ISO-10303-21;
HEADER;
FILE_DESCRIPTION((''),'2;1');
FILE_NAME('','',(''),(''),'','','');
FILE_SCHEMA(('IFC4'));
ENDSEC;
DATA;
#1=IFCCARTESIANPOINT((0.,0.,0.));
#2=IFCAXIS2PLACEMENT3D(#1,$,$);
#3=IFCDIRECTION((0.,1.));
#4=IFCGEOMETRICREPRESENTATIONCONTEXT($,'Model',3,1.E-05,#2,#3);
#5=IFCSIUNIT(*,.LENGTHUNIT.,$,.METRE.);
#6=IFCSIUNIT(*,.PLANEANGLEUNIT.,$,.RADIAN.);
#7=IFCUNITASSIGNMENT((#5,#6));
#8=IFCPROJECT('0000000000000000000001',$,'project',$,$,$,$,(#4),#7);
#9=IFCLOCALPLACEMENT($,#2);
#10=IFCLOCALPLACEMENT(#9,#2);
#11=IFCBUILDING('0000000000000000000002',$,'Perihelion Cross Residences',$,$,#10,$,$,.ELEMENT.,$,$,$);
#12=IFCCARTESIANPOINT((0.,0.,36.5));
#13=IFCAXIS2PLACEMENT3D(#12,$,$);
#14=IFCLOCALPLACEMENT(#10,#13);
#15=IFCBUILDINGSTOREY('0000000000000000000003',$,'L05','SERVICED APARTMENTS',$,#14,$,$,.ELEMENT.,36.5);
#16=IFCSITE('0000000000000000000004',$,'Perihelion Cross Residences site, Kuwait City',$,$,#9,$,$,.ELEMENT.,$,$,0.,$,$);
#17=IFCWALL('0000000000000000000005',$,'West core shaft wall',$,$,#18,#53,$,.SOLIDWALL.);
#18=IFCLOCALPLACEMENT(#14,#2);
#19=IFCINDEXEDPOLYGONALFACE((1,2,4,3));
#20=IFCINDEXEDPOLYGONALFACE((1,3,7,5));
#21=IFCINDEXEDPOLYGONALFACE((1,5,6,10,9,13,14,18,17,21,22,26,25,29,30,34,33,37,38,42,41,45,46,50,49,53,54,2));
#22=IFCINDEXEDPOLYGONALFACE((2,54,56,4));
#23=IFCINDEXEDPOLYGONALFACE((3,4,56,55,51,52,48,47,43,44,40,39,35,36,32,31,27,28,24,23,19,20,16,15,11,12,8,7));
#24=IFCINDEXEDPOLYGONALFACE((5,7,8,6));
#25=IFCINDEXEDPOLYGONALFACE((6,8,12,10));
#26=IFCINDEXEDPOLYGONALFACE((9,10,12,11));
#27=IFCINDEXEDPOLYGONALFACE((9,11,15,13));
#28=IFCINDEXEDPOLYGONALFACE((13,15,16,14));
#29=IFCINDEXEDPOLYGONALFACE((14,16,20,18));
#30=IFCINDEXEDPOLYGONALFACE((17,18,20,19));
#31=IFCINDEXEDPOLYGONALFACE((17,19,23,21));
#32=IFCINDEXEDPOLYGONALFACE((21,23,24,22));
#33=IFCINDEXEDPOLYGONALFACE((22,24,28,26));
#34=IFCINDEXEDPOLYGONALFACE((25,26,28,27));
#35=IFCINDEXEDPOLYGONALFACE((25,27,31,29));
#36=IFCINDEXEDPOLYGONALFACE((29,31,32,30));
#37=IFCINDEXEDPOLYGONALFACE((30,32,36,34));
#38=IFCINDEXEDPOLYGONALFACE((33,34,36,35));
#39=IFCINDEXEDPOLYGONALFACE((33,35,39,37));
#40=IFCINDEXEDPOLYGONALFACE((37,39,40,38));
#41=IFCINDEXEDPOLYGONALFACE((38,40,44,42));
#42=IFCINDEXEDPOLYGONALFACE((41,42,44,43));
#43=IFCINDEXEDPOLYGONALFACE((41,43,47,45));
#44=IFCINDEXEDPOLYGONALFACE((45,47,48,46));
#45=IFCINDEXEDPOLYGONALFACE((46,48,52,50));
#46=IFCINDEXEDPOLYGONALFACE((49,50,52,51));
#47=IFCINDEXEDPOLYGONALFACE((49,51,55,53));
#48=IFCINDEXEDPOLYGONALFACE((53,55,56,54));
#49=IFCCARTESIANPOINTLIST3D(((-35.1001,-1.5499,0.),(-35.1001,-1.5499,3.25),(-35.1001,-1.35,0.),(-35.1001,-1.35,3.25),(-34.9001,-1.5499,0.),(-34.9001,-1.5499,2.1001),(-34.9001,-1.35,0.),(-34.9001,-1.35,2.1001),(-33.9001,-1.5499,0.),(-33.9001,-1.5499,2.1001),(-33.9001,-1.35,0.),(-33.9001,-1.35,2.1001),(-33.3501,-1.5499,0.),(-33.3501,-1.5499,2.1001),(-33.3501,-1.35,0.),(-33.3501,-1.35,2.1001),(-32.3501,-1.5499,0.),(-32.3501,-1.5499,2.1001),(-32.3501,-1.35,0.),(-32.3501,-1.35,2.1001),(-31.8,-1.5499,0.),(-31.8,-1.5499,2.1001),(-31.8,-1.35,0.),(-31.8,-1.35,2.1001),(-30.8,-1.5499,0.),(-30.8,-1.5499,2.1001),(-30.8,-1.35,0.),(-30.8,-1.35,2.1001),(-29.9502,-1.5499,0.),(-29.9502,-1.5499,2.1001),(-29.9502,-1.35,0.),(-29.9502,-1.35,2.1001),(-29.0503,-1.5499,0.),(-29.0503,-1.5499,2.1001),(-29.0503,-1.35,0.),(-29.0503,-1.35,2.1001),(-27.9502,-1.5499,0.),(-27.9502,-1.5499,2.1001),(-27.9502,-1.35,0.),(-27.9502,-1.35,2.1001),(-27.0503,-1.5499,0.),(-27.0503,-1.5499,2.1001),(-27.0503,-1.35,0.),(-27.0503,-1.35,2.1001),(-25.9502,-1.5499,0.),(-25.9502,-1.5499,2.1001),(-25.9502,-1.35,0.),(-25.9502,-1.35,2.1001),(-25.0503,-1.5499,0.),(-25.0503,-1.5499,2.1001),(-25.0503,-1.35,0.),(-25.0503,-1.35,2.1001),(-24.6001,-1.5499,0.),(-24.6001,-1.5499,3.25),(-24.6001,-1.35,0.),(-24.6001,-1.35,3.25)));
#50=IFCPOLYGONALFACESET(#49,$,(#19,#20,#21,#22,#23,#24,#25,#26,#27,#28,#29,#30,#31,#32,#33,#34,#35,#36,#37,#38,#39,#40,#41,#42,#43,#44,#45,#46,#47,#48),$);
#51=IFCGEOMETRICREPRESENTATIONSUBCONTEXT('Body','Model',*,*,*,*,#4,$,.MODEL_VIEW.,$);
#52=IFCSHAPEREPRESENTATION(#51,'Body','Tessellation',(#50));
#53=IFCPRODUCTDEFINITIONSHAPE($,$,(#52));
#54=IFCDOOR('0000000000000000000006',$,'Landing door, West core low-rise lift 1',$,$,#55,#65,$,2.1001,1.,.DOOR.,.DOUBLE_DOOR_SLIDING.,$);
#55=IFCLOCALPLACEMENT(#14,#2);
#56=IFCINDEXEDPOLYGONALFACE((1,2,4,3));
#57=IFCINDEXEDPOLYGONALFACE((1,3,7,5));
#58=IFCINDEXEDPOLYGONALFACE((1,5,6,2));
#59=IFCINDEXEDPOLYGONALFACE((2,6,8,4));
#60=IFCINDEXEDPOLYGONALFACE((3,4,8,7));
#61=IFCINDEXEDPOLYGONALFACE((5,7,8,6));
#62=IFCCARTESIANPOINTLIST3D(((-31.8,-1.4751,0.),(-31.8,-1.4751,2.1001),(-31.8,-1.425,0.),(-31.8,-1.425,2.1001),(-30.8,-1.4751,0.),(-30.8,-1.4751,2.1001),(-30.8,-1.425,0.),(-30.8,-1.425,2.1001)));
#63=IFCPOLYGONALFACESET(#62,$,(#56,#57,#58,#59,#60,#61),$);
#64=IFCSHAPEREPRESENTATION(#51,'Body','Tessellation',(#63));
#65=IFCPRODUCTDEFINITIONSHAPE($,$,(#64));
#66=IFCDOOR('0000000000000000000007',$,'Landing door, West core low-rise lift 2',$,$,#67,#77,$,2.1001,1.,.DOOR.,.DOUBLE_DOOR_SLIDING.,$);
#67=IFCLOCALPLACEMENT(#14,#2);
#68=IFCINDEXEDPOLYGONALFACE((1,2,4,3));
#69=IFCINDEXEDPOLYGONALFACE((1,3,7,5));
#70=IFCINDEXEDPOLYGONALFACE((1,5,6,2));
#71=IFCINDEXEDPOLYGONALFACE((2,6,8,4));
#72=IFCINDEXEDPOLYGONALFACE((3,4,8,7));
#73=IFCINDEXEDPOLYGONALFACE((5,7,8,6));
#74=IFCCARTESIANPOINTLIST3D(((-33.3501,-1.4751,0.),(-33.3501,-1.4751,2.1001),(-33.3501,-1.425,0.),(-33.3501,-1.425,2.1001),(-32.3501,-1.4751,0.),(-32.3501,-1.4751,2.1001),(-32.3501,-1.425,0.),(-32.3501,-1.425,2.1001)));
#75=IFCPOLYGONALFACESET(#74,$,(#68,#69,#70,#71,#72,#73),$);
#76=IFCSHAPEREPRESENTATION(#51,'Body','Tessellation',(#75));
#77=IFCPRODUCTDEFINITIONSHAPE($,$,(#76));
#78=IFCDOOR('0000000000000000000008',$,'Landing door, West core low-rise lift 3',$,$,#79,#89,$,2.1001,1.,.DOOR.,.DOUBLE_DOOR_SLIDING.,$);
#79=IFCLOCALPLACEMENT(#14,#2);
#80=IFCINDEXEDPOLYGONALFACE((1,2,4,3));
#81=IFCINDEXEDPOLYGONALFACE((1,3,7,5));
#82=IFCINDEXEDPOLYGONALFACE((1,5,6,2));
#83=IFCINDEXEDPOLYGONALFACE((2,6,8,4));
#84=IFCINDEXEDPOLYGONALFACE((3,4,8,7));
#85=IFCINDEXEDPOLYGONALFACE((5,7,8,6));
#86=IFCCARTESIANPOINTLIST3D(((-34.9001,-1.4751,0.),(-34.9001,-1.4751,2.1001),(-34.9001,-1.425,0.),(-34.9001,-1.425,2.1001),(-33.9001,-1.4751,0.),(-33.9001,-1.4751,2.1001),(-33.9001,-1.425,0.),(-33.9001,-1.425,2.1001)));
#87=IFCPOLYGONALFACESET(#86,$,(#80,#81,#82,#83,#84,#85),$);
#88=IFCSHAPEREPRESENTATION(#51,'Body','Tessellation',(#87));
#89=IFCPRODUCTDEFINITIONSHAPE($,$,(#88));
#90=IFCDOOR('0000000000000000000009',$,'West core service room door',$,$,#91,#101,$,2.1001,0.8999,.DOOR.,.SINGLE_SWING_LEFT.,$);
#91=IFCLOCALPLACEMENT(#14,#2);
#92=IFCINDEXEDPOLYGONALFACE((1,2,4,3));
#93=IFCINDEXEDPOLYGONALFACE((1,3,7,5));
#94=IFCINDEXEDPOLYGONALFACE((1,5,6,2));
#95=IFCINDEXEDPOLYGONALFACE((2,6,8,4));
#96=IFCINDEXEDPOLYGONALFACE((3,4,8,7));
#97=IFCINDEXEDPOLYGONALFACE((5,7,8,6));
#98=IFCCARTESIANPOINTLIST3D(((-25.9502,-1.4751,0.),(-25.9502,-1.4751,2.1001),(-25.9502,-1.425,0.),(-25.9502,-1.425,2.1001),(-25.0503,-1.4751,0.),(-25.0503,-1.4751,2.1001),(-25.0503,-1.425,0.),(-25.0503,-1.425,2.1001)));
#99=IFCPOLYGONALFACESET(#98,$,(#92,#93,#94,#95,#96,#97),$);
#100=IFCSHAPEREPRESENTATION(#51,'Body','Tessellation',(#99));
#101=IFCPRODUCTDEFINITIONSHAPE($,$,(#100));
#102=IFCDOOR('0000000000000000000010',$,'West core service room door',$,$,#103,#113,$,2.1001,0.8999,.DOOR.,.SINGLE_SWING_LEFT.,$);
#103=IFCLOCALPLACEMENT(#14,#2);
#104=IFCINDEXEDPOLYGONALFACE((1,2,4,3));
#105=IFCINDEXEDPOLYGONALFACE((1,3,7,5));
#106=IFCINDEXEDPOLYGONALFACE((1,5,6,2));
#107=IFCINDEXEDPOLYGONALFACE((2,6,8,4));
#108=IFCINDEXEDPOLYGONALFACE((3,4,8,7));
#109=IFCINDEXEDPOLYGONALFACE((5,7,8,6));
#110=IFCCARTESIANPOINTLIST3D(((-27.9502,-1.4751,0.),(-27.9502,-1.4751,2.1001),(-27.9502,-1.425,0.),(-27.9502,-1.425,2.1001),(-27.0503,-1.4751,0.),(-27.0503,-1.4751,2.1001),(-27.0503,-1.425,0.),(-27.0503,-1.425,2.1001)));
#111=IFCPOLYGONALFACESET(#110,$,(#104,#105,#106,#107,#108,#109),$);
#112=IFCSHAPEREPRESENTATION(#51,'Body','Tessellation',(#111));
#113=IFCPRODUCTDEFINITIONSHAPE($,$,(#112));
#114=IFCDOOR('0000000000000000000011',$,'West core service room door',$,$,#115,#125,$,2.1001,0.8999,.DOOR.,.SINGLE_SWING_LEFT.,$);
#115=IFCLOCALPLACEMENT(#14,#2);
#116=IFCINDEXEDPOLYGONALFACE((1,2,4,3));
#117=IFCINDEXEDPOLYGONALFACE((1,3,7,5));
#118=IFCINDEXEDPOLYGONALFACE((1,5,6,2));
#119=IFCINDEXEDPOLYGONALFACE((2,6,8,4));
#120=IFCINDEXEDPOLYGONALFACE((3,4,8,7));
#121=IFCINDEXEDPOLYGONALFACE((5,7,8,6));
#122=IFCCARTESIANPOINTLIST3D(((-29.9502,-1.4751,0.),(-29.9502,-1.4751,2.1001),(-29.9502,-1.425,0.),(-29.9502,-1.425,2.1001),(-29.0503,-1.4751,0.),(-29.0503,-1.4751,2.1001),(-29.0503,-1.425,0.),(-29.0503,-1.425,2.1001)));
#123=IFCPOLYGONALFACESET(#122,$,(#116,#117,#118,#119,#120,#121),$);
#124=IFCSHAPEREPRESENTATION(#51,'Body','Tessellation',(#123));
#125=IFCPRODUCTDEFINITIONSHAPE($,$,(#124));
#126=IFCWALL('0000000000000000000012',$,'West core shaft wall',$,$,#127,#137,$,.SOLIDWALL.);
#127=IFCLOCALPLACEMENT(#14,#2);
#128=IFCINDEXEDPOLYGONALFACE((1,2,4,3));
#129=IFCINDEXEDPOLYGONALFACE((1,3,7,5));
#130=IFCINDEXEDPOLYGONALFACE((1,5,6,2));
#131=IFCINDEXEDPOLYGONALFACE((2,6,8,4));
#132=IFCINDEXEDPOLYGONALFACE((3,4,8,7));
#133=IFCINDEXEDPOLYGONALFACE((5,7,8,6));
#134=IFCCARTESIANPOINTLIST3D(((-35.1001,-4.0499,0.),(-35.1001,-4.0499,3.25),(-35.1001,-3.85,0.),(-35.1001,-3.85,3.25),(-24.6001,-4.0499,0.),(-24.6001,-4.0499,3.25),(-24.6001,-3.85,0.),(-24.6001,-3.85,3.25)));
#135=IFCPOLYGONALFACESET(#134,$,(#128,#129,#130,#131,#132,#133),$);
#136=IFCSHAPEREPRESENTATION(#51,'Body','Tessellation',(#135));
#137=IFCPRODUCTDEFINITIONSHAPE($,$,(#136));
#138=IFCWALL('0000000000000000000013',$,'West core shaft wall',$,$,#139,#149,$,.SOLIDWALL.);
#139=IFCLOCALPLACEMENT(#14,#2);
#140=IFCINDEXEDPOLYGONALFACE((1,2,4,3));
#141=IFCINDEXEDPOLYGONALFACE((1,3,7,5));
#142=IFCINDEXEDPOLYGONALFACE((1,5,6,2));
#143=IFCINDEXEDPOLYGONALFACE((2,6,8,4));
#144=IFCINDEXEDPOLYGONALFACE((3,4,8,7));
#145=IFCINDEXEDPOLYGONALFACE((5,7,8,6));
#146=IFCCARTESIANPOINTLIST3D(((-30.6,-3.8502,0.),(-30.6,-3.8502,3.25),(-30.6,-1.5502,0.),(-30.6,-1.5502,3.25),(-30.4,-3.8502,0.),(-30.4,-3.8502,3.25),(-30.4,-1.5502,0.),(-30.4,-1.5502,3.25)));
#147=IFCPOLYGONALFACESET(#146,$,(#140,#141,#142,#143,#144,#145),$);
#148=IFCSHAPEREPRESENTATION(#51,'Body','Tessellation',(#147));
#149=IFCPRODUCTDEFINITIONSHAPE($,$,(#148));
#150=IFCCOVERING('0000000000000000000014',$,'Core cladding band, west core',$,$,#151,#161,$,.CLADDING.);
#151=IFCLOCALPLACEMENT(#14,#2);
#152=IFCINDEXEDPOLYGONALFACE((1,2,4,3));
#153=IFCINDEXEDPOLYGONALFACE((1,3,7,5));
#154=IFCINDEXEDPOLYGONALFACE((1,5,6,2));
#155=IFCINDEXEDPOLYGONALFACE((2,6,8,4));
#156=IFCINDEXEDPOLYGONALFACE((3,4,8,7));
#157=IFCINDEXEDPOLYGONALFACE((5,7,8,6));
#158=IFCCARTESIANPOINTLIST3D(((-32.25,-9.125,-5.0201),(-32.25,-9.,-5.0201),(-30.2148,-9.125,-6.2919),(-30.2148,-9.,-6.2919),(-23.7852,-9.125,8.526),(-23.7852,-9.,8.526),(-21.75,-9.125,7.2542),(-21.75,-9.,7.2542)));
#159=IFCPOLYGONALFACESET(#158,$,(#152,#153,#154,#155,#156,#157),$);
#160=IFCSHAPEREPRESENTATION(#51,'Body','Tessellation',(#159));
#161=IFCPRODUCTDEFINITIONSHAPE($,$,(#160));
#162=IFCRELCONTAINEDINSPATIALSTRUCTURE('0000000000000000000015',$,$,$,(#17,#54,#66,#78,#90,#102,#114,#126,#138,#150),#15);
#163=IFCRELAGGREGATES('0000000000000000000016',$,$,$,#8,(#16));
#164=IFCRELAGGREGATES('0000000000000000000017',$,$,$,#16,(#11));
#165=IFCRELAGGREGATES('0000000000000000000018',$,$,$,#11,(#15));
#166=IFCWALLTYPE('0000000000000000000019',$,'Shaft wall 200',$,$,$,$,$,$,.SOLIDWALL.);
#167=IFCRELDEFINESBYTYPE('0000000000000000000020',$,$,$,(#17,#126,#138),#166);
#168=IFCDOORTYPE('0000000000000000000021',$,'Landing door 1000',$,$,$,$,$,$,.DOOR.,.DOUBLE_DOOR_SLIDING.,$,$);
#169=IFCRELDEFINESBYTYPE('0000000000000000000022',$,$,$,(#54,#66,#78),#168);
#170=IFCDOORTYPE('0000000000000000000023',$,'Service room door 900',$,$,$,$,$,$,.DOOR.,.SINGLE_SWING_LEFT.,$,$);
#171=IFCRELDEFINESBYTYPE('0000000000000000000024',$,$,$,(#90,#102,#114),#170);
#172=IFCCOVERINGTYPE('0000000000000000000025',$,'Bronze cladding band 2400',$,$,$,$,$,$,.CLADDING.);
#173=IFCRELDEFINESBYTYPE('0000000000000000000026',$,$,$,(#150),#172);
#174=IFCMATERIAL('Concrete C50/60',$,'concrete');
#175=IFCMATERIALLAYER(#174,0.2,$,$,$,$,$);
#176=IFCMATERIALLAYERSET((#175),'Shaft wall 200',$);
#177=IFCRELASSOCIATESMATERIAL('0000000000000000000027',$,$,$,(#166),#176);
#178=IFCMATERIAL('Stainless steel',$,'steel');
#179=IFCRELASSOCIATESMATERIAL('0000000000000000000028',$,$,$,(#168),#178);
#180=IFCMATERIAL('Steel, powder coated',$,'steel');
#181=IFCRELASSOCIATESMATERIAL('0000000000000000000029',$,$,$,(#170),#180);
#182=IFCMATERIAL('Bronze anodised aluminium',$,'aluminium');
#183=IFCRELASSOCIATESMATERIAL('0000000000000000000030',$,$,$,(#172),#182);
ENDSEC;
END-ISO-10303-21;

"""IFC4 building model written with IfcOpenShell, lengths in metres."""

from ifc_helpers import new_model, si_unit, direction, frame, frame_2d, origin, origin_2d, place, context, subcontext, project, spatial, rectangle, extrude, material, layer, layer_set, material_profile, profile_set, type_object, element, fill, save


model = new_model("IFC4")

# Units and contexts
model_context = context("Model", 3, precision=1e-05, world=origin(), true_north=direction((0.0, 1.0)))
body_context = subcontext(model_context, "Body", "Model", "MODEL_VIEW")
ifc_project = project(units=[si_unit("LENGTHUNIT", "METRE"), si_unit("PLANEANGLEUNIT", "RADIAN")], contexts=[model_context])

# Site, building, storey
site_placement = place(None, origin())
site = spatial("IfcSite", under=ifc_project, at=site_placement, Name="Perihelion Cross Residences site, Kuwait City", CompositionType="ELEMENT", RefElevation=0.0)
building_placement = place(site_placement, origin())
building = spatial("IfcBuilding", under=site, at=building_placement, Name="Perihelion Cross Residences", CompositionType="ELEMENT")
storey_placement = place(building_placement, frame((0.0, 0.0, 36.5)))
storey = spatial("IfcBuildingStorey", under=building, at=storey_placement, Name="L05", Description="SERVICED APARTMENTS", CompositionType="ELEMENT", Elevation=36.5)

# Wall, openings, doors
ifc_material_1 = material(Name="Concrete C50/60", Category="concrete")
ifc_layer_1 = layer(ifc_material_1, 0.2)
ifc_layer_set_1 = layer_set([ifc_layer_1], Name="Shaft wall 200")
wall_type_1 = type_object("IfcWallType", Name="Shaft wall 200", PredefinedType="SOLIDWALL", material=ifc_layer_set_1)
wall_1_placement = place(storey_placement, frame((-35.1001, -1.45, 0.0), z_axis=(0.0, 0.0, 1.0), x_axis=(1.0, 0.0, 0.0)))
wall_1 = element("IfcWall", 1, at=wall_1_placement, inside=storey, type_object=wall_type_1, Name="West core shaft wall", PredefinedType="SOLIDWALL", context=body_context, shape_type="SweptSolid", body=[
    extrude(rectangle(XDim=10.5, YDim=0.2, at=frame_2d((5.25, 0.0))), origin(), (0.0, 0.0, 1.0), 3.25),
])
opening_1_placement = place(wall_1_placement, frame((3.3, 0.0, 0.0)))
opening_1 = element("IfcOpeningElement", 2, at=opening_1_placement, cuts=wall_1, PredefinedType="OPENING", context=body_context, shape_type="SweptSolid", body=[
    extrude(rectangle(XDim=1.0, YDim=2.1001, at=frame_2d((0.5, 1.05))), frame((0.0, 0.1099, 0.0), z_axis=(0.0, -1.0, 0.0), x_axis=(1.0, 0.0, 0.0)), (0.0, 0.0, 1.0), 0.22),
])
opening_2_placement = place(wall_1_placement, frame((1.75, 0.0, 0.0)))
opening_2 = element("IfcOpeningElement", 3, at=opening_2_placement, cuts=wall_1, PredefinedType="OPENING", context=body_context, shape_type="SweptSolid", body=[
    extrude(rectangle(XDim=1.0, YDim=2.1001, at=frame_2d((0.5, 1.05))), frame((0.0, 0.1099, 0.0), z_axis=(0.0, -1.0, 0.0), x_axis=(1.0, 0.0, 0.0)), (0.0, 0.0, 1.0), 0.22),
])
opening_3_placement = place(wall_1_placement, frame((0.2, 0.0, 0.0)))
opening_3 = element("IfcOpeningElement", 4, at=opening_3_placement, cuts=wall_1, PredefinedType="OPENING", context=body_context, shape_type="SweptSolid", body=[
    extrude(rectangle(XDim=1.0, YDim=2.1001, at=frame_2d((0.5, 1.05))), frame((0.0, 0.1099, 0.0), z_axis=(0.0, -1.0, 0.0), x_axis=(1.0, 0.0, 0.0)), (0.0, 0.0, 1.0), 0.22),
])
opening_4_placement = place(wall_1_placement, frame((9.1499, 0.0, 0.0)))
opening_4 = element("IfcOpeningElement", 5, at=opening_4_placement, cuts=wall_1, PredefinedType="OPENING", context=body_context, shape_type="SweptSolid", body=[
    extrude(rectangle(XDim=0.8999, YDim=2.1001, at=frame_2d((0.45, 1.05))), frame((0.0, 0.1099, 0.0), z_axis=(0.0, -1.0, 0.0), x_axis=(1.0, 0.0, 0.0)), (0.0, 0.0, 1.0), 0.22),
])
opening_5_placement = place(wall_1_placement, frame((7.1499, 0.0, 0.0)))
opening_5 = element("IfcOpeningElement", 6, at=opening_5_placement, cuts=wall_1, PredefinedType="OPENING", context=body_context, shape_type="SweptSolid", body=[
    extrude(rectangle(XDim=0.8999, YDim=2.1001, at=frame_2d((0.45, 1.05))), frame((0.0, 0.1099, 0.0), z_axis=(0.0, -1.0, 0.0), x_axis=(1.0, 0.0, 0.0)), (0.0, 0.0, 1.0), 0.22),
])
opening_6_placement = place(wall_1_placement, frame((5.1499, 0.0, 0.0)))
opening_6 = element("IfcOpeningElement", 7, at=opening_6_placement, cuts=wall_1, PredefinedType="OPENING", context=body_context, shape_type="SweptSolid", body=[
    extrude(rectangle(XDim=0.8999, YDim=2.1001, at=frame_2d((0.45, 1.05))), frame((0.0, 0.1099, 0.0), z_axis=(0.0, -1.0, 0.0), x_axis=(1.0, 0.0, 0.0)), (0.0, 0.0, 1.0), 0.22),
])
ifc_material_2 = material(Name="Stainless steel", Category="steel")
door_type_1 = type_object("IfcDoorType", Name="Landing door 1000", OperationType="DOUBLE_DOOR_SLIDING", PredefinedType="DOOR", material=ifc_material_2)
door_1_placement = place(opening_1_placement, origin())
door_1 = element("IfcDoor", 8, at=door_1_placement, inside=storey, type_object=door_type_1, Name="Landing door, West core low-rise lift 1", OperationType="DOUBLE_DOOR_SLIDING", OverallHeight=2.1001, OverallWidth=1.0, PredefinedType="DOOR", context=body_context, shape_type="SweptSolid", body=[
    extrude(rectangle(XDim=1.0, YDim=2.1001, at=frame_2d((0.5, 1.05))), frame((0.0, 0.0249, 0.0), z_axis=(0.0, -1.0, 0.0), x_axis=(1.0, 0.0, 0.0)), (0.0, 0.0, 1.0), 0.05),
])
fill(opening_1, door_1)
door_2_placement = place(opening_2_placement, origin())
door_2 = element("IfcDoor", 9, at=door_2_placement, inside=storey, type_object=door_type_1, Name="Landing door, West core low-rise lift 2", OperationType="DOUBLE_DOOR_SLIDING", OverallHeight=2.1001, OverallWidth=1.0, PredefinedType="DOOR", context=body_context, shape_type="SweptSolid", body=[
    extrude(rectangle(XDim=1.0, YDim=2.1001, at=frame_2d((0.5, 1.05))), frame((0.0, 0.0249, 0.0), z_axis=(0.0, -1.0, 0.0), x_axis=(1.0, 0.0, 0.0)), (0.0, 0.0, 1.0), 0.05),
])
fill(opening_2, door_2)
door_3_placement = place(opening_3_placement, origin())
door_3 = element("IfcDoor", 10, at=door_3_placement, inside=storey, type_object=door_type_1, Name="Landing door, West core low-rise lift 3", OperationType="DOUBLE_DOOR_SLIDING", OverallHeight=2.1001, OverallWidth=1.0, PredefinedType="DOOR", context=body_context, shape_type="SweptSolid", body=[
    extrude(rectangle(XDim=1.0, YDim=2.1001, at=frame_2d((0.5, 1.05))), frame((0.0, 0.0249, 0.0), z_axis=(0.0, -1.0, 0.0), x_axis=(1.0, 0.0, 0.0)), (0.0, 0.0, 1.0), 0.05),
])
fill(opening_3, door_3)
ifc_material_3 = material(Name="Steel, powder coated", Category="steel")
door_type_2 = type_object("IfcDoorType", Name="Service room door 900", OperationType="SINGLE_SWING_LEFT", PredefinedType="DOOR", material=ifc_material_3)
door_4_placement = place(opening_4_placement, origin())
door_4 = element("IfcDoor", 11, at=door_4_placement, inside=storey, type_object=door_type_2, Name="West core service room door", OperationType="SINGLE_SWING_LEFT", OverallHeight=2.1001, OverallWidth=0.8999, PredefinedType="DOOR", context=body_context, shape_type="SweptSolid", body=[
    extrude(rectangle(XDim=0.8999, YDim=2.1001, at=frame_2d((0.45, 1.05))), frame((0.0, 0.0249, 0.0), z_axis=(0.0, -1.0, 0.0), x_axis=(1.0, 0.0, 0.0)), (0.0, 0.0, 1.0), 0.05),
])
fill(opening_4, door_4)
door_5_placement = place(opening_5_placement, origin())
door_5 = element("IfcDoor", 12, at=door_5_placement, inside=storey, type_object=door_type_2, Name="West core service room door", OperationType="SINGLE_SWING_LEFT", OverallHeight=2.1001, OverallWidth=0.8999, PredefinedType="DOOR", context=body_context, shape_type="SweptSolid", body=[
    extrude(rectangle(XDim=0.8999, YDim=2.1001, at=frame_2d((0.45, 1.05))), frame((0.0, 0.0249, 0.0), z_axis=(0.0, -1.0, 0.0), x_axis=(1.0, 0.0, 0.0)), (0.0, 0.0, 1.0), 0.05),
])
fill(opening_5, door_5)
door_6_placement = place(opening_6_placement, origin())
door_6 = element("IfcDoor", 13, at=door_6_placement, inside=storey, type_object=door_type_2, Name="West core service room door", OperationType="SINGLE_SWING_LEFT", OverallHeight=2.1001, OverallWidth=0.8999, PredefinedType="DOOR", context=body_context, shape_type="SweptSolid", body=[
    extrude(rectangle(XDim=0.8999, YDim=2.1001, at=frame_2d((0.45, 1.05))), frame((0.0, 0.0249, 0.0), z_axis=(0.0, -1.0, 0.0), x_axis=(1.0, 0.0, 0.0)), (0.0, 0.0, 1.0), 0.05),
])
fill(opening_6, door_6)

# Walls
wall_2_placement = place(storey_placement, frame((-35.1001, -3.95, 0.0), z_axis=(0.0, 0.0, 1.0), x_axis=(1.0, 0.0, 0.0)))
element("IfcWall", 14, at=wall_2_placement, inside=storey, type_object=wall_type_1, Name="West core shaft wall", PredefinedType="SOLIDWALL", context=body_context, shape_type="SweptSolid", body=[
    extrude(rectangle(XDim=10.5, YDim=0.2, at=frame_2d((5.25, 0.0))), origin(), (0.0, 0.0, 1.0), 3.25),
])
wall_3_placement = place(storey_placement, frame((-30.5, -3.8501, 0.0), z_axis=(0.0, 0.0, 1.0), x_axis=(0.0, 1.0, 0.0)))
element("IfcWall", 15, at=wall_3_placement, inside=storey, type_object=wall_type_1, Name="West core shaft wall", PredefinedType="SOLIDWALL", context=body_context, shape_type="SweptSolid", body=[
    extrude(rectangle(XDim=2.3, YDim=0.2, at=frame_2d((1.1499, 0.0))), origin(), (0.0, 0.0, 1.0), 3.25),
])

# Covering
ifc_material_4 = material(Name="Bronze anodised aluminium", Category="aluminium")
ifc_material_profile = material_profile(ifc_material_4, rectangle(XDim=0.125, YDim=2.3999, at=origin_2d()), Name="Bronze cladding band 2400")
ifc_profile_set = profile_set([ifc_material_profile], Name="Bronze anodised aluminium")
covering_type = type_object("IfcCoveringType", Name="Bronze cladding band 2400", PredefinedType="CLADDING", material=ifc_profile_set)
for number, where, z_axis, x_axis, name in (
    (16, (-31.2324, -9.0625, -5.656), (0.529932, 0.0, 0.84804), (0.0, 1.0, 0.0), "Core cladding band, west core"),
):
    element("IfcCovering", number, at=place(storey_placement, frame(where, z_axis=z_axis, x_axis=x_axis)), inside=storey, type_object=covering_type, Name=name, PredefinedType="CLADDING", context=body_context, shape_type="SweptSolid", body=[
        extrude(rectangle(XDim=0.125, YDim=2.3999, at=origin_2d()), origin(), (0.0, 0.0, 1.0), 15.9734),
    ])

save(model, "model.ifc")
